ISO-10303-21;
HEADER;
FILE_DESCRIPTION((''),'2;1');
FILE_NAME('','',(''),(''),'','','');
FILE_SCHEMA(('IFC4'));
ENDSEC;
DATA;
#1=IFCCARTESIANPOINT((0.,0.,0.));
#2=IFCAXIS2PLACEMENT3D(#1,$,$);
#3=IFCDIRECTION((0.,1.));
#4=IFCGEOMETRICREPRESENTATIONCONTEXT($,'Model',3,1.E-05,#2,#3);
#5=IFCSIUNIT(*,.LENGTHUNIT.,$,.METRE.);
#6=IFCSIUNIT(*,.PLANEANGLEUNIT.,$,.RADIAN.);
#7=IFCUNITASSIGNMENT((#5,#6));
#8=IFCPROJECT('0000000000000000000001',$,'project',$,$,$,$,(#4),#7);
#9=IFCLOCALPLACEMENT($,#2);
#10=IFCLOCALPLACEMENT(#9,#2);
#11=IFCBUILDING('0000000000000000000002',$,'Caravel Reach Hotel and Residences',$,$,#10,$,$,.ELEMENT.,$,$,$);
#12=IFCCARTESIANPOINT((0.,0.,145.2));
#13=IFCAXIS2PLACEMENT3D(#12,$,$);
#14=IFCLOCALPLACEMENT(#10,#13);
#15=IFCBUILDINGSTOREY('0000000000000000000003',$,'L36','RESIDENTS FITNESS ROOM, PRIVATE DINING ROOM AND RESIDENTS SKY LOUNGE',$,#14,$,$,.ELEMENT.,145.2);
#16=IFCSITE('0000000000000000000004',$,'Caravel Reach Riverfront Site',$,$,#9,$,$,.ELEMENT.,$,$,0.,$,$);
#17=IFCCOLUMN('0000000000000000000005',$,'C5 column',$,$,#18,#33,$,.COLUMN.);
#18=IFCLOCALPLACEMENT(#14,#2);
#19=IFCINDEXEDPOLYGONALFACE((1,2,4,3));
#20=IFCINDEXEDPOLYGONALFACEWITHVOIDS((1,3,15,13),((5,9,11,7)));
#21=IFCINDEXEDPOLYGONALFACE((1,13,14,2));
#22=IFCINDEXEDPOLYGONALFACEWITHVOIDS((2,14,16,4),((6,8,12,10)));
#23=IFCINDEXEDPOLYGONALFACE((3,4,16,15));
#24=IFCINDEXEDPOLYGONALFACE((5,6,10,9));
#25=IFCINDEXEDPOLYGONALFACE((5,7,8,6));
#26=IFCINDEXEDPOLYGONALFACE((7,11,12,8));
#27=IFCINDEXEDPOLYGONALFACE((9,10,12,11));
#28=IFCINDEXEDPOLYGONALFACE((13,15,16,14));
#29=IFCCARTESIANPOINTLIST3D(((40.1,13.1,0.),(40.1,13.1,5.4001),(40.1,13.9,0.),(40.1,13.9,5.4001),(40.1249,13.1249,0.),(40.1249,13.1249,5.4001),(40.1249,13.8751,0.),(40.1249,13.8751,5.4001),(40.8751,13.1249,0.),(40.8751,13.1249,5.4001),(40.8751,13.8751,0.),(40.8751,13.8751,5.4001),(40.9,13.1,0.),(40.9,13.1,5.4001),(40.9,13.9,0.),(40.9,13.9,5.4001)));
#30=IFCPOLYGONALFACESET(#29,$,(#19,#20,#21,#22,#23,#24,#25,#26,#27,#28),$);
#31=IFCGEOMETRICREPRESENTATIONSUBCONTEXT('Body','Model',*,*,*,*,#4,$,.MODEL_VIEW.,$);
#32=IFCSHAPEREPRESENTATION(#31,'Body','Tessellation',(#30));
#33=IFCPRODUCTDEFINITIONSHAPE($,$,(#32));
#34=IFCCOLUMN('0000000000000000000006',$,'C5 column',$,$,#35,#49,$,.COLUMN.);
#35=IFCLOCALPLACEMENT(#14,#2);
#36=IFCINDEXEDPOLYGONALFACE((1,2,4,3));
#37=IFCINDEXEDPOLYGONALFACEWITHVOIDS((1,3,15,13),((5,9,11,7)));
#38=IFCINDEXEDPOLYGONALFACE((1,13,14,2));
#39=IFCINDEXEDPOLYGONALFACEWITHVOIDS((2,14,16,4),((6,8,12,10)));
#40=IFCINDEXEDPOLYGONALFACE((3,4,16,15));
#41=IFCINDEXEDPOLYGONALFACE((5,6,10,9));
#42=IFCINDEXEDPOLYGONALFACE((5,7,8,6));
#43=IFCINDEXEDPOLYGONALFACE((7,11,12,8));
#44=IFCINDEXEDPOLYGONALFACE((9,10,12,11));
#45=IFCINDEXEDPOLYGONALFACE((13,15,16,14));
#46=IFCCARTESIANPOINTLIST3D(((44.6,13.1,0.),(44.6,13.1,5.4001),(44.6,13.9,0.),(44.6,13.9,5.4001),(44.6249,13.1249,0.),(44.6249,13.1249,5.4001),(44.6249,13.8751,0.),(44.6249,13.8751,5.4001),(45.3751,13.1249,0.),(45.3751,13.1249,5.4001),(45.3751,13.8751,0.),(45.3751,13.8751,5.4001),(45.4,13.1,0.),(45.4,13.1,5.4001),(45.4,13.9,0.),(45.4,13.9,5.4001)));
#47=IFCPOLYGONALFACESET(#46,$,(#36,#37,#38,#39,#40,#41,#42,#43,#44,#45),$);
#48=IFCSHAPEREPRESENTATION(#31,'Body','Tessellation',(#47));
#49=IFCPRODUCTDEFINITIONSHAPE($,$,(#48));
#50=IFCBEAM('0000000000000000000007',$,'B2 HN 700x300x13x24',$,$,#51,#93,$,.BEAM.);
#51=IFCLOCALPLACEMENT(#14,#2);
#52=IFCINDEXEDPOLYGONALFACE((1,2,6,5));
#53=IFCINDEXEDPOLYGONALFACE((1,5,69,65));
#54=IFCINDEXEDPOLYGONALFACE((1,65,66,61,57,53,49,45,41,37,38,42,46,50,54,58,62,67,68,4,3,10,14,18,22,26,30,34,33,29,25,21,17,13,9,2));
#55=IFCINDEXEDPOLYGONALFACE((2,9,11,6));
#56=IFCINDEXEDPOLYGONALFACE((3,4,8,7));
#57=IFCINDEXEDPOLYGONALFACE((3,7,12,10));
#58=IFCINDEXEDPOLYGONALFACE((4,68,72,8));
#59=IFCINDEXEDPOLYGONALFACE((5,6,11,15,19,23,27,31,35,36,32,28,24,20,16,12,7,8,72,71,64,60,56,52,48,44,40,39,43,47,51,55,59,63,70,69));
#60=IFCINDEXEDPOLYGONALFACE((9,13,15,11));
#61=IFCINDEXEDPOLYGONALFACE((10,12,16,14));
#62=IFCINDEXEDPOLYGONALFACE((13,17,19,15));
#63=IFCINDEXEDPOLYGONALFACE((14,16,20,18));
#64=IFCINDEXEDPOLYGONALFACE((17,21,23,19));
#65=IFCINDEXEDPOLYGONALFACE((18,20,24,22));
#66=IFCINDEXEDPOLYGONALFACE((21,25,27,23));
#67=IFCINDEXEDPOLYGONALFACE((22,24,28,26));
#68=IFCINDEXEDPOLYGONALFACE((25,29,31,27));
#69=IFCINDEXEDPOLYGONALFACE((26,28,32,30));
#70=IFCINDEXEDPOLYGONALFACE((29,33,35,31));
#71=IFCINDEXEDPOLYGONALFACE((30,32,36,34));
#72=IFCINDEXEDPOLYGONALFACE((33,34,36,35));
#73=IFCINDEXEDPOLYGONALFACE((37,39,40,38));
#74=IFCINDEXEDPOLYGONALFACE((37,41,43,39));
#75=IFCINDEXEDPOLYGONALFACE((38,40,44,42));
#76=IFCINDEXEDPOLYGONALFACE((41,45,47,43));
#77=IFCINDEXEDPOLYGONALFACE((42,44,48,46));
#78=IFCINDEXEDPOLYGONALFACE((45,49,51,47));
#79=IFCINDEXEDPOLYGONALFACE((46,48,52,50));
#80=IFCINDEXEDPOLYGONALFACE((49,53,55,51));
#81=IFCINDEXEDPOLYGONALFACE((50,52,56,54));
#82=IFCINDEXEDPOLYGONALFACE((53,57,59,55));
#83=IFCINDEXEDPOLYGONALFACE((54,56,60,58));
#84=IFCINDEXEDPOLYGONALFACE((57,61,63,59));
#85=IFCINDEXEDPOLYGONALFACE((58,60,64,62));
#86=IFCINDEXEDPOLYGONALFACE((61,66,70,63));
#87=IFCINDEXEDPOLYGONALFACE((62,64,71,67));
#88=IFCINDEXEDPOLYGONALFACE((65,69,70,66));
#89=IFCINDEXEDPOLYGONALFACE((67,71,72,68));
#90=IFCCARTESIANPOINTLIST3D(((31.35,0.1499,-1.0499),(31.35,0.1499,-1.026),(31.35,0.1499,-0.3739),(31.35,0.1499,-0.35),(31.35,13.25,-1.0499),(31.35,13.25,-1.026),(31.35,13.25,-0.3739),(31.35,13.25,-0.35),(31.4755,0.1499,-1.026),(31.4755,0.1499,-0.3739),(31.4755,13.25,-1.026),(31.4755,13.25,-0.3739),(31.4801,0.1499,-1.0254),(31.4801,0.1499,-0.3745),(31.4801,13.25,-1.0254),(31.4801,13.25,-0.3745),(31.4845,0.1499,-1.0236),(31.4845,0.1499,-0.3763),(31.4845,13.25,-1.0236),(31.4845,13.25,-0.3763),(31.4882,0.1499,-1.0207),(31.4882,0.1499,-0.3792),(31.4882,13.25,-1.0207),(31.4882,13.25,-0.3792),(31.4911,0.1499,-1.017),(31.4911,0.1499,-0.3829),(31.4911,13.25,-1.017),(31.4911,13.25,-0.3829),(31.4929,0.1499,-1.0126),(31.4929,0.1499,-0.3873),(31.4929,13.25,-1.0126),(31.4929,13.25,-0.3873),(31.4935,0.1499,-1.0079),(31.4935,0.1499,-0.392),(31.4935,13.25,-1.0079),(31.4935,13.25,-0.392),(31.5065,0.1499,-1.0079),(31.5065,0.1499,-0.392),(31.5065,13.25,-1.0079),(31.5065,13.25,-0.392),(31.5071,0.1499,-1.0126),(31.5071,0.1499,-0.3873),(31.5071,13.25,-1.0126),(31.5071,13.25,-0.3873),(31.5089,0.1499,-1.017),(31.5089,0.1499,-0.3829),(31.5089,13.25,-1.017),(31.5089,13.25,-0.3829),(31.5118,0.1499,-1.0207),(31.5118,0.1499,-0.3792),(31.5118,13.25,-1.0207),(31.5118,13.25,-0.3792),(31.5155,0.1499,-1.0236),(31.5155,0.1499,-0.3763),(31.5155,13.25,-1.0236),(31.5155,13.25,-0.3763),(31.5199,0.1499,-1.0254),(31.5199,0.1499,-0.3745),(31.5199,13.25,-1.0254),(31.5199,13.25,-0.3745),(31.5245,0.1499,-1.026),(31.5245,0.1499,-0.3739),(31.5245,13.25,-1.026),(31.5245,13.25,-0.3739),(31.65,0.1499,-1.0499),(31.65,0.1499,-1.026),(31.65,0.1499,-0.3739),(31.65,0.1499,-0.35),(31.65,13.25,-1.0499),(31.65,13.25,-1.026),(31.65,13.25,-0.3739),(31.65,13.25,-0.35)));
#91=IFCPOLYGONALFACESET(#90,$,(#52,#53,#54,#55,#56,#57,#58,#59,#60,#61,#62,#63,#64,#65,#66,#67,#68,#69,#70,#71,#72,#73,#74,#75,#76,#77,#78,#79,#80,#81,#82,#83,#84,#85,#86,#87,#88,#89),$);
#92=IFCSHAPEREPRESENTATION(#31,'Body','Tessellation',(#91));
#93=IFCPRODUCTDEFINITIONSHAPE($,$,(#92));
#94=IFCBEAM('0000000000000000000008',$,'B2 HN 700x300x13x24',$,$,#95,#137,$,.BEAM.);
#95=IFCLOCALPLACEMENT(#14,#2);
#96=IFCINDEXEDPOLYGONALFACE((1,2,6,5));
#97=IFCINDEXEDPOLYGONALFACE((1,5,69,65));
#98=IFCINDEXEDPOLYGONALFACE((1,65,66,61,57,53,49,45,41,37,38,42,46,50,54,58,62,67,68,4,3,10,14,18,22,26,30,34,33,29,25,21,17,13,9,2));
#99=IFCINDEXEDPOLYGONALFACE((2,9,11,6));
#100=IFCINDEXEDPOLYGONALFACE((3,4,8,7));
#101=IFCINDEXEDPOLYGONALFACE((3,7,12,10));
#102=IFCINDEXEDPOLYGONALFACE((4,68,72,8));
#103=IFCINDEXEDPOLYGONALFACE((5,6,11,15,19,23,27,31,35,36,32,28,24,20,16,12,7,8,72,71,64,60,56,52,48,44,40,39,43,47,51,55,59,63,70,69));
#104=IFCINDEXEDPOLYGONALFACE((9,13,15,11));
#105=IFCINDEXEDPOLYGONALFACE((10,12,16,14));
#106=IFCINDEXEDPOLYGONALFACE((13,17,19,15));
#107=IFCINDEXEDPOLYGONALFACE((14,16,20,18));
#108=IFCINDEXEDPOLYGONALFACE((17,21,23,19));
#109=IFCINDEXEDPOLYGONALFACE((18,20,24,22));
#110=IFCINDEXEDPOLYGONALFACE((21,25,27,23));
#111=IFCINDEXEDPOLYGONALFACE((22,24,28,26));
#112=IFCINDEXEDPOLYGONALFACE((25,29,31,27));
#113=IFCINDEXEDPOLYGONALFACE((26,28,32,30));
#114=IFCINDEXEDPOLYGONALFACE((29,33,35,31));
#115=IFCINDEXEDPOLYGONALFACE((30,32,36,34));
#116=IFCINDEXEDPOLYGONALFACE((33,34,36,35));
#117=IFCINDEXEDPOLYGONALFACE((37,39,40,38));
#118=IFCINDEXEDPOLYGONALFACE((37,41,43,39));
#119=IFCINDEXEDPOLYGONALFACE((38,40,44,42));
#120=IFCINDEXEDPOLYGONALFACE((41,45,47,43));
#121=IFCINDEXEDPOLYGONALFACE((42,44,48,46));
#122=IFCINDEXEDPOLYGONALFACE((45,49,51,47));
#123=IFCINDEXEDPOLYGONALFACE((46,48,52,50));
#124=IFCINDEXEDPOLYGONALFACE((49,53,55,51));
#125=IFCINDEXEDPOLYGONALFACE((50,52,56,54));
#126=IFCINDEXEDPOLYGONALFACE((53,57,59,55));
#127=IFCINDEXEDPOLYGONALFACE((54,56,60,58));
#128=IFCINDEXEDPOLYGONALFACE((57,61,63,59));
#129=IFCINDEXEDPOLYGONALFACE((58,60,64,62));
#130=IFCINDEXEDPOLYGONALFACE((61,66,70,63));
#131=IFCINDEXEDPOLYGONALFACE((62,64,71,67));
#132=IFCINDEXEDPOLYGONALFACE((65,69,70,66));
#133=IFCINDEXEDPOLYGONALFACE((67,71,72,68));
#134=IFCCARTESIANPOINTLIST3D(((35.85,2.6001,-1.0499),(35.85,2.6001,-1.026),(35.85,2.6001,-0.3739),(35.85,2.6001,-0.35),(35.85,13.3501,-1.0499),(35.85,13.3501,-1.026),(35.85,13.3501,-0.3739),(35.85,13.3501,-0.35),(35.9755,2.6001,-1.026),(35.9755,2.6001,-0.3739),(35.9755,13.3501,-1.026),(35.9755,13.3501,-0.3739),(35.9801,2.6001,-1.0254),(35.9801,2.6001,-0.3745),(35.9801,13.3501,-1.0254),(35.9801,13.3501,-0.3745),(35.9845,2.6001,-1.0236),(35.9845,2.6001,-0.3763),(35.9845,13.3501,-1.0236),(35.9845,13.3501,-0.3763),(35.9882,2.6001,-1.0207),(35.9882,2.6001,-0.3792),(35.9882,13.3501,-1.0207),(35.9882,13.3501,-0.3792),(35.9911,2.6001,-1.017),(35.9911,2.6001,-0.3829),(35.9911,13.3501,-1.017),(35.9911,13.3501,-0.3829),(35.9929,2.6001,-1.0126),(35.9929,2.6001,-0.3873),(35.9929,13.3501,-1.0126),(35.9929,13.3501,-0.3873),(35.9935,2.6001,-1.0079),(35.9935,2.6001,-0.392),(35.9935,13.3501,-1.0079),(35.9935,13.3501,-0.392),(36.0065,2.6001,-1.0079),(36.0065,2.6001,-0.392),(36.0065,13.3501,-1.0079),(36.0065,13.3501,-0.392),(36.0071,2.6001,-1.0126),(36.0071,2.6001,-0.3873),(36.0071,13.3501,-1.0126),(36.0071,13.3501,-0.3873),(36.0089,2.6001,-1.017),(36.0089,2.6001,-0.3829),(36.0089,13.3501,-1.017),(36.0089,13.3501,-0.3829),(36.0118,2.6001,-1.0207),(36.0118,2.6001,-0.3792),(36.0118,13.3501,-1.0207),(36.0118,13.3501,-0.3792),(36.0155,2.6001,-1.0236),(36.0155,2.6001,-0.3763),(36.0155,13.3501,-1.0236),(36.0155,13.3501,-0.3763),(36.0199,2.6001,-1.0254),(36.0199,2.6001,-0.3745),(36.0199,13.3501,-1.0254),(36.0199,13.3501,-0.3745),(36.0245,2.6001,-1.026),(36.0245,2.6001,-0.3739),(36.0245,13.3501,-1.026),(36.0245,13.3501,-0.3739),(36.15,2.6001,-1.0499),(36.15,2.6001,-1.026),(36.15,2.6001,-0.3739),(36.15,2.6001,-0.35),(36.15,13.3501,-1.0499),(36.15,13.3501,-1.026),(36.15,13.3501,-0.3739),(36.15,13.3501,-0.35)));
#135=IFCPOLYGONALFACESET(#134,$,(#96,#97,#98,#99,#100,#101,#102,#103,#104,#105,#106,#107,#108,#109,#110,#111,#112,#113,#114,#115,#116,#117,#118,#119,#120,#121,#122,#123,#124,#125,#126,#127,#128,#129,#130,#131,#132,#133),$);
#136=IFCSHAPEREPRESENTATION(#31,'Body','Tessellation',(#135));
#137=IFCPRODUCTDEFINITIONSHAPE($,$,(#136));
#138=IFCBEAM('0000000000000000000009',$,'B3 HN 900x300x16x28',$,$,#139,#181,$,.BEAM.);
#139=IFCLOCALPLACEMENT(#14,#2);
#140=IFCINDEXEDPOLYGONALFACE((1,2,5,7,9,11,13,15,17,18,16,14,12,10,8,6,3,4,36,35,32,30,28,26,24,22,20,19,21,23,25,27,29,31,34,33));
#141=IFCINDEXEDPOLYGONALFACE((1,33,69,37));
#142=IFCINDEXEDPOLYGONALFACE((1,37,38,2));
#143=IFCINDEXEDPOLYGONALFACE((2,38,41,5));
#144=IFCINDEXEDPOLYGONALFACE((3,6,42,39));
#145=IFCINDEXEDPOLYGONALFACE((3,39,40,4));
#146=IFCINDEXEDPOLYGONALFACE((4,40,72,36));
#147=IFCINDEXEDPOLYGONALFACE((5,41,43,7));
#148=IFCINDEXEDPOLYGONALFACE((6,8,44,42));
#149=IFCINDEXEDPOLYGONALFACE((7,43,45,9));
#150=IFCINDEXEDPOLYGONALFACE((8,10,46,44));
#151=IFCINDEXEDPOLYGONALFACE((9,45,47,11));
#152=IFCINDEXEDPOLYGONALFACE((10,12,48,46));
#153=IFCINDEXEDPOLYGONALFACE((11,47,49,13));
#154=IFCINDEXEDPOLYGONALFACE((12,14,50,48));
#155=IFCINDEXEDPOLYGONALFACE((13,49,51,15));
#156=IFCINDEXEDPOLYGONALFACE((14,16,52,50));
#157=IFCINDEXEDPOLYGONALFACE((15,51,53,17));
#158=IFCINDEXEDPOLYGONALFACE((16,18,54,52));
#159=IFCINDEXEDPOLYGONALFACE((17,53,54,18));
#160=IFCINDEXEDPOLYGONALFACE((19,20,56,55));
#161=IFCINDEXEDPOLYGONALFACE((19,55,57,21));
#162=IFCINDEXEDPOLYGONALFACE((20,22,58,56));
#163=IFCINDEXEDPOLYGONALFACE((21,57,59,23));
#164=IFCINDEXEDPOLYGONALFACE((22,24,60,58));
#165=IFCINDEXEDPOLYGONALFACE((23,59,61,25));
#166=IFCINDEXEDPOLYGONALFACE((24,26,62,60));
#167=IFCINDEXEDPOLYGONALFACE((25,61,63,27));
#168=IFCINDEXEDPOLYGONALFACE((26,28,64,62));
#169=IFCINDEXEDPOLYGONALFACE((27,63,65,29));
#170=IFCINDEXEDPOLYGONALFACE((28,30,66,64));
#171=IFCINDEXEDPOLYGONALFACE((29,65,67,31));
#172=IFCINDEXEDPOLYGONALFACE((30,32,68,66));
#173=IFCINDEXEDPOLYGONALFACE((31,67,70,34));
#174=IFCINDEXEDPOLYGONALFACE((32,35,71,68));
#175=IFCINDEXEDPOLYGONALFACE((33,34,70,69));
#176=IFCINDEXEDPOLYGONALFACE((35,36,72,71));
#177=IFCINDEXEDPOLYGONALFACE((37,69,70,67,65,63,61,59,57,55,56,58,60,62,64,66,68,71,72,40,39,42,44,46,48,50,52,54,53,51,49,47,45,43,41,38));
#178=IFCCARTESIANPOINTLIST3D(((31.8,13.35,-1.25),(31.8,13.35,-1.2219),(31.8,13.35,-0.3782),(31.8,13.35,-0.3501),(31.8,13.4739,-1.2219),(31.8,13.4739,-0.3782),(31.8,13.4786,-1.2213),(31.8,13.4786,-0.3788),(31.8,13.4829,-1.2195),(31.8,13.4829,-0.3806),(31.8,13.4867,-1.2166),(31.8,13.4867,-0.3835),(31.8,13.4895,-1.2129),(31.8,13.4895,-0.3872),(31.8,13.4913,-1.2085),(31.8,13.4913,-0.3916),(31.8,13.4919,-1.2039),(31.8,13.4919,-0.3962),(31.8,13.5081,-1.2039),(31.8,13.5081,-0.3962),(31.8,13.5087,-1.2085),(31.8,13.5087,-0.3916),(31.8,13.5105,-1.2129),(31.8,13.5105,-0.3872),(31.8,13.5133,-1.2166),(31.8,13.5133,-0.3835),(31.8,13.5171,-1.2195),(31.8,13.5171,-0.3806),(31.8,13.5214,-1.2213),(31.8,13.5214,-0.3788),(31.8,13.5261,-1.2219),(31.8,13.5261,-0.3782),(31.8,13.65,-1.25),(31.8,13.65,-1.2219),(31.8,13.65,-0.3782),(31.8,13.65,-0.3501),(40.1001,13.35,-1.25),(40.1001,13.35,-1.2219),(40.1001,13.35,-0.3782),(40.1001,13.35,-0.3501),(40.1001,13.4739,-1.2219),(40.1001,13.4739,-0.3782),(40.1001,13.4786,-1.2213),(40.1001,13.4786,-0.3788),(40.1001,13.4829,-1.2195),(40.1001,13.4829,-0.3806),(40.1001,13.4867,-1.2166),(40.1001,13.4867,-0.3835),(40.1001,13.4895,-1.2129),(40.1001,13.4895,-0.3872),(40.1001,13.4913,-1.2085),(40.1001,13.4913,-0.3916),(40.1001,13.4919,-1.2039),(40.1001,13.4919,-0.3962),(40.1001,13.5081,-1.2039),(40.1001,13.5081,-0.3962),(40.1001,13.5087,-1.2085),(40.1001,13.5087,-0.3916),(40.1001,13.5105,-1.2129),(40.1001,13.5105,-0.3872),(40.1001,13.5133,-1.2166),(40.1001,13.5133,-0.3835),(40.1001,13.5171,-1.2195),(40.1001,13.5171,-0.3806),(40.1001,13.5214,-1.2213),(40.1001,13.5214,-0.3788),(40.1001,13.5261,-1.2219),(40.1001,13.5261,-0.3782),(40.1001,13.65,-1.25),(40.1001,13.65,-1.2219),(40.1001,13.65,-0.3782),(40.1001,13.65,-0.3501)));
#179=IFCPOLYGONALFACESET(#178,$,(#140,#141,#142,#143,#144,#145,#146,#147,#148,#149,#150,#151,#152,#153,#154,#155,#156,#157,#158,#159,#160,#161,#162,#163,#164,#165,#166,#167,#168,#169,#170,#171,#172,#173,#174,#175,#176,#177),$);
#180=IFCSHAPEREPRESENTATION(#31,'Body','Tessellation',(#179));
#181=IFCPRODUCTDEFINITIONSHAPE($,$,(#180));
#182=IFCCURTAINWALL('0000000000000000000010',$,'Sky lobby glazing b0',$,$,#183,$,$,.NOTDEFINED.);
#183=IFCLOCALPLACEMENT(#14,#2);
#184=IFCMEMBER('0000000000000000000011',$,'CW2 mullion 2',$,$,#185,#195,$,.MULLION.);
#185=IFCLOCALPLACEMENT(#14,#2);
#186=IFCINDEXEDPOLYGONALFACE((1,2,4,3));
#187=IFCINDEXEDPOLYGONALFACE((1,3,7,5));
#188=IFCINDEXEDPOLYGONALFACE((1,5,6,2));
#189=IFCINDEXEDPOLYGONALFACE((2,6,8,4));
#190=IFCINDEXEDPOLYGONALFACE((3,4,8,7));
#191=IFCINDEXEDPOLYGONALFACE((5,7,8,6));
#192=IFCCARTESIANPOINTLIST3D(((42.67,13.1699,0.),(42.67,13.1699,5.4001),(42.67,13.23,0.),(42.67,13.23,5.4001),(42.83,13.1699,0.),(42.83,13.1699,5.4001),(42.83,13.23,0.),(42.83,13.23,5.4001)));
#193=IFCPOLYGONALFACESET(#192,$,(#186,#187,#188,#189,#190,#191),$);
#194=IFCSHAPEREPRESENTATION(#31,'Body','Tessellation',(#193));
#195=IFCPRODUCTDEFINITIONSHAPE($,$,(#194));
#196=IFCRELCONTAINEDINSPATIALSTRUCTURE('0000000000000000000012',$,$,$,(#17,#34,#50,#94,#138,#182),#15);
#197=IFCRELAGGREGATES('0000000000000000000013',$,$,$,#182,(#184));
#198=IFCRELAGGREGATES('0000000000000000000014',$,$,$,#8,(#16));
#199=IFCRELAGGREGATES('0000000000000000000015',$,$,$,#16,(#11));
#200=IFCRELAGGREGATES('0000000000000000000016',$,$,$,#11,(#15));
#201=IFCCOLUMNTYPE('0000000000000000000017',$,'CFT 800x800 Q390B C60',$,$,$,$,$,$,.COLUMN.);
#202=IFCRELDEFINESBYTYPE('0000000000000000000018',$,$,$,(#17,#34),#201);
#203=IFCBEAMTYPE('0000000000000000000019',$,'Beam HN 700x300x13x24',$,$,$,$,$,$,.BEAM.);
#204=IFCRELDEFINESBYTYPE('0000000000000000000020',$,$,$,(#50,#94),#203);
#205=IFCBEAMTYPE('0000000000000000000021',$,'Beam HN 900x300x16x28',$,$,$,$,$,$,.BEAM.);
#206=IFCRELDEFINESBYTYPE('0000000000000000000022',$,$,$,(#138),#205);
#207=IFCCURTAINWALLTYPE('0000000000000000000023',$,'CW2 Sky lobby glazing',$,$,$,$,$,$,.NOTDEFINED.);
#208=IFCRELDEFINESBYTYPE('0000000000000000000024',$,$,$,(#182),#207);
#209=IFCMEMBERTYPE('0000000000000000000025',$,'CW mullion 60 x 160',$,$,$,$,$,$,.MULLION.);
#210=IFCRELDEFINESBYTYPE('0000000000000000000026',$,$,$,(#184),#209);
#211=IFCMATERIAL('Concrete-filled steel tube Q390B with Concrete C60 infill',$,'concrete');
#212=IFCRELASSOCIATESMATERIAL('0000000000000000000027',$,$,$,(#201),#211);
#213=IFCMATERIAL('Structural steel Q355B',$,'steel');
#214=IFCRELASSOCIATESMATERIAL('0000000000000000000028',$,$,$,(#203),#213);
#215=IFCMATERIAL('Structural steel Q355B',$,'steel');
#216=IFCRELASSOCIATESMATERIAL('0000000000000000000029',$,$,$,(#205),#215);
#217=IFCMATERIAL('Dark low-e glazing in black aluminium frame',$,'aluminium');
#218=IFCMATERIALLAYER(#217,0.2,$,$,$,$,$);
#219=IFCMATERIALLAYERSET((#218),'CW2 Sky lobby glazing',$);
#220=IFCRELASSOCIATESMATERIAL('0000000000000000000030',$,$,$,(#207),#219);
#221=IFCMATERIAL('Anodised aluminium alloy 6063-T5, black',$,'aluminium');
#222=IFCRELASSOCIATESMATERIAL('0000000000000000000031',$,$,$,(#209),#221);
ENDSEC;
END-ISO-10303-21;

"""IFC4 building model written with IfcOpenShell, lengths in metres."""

from ifc_helpers import new_model, si_unit, direction, frame, origin, origin_2d, place, context, subcontext, project, spatial, rectangle, hollow_rectangle, i_section, extrude, material, layer, layer_set, material_profile, profile_set, type_object, element, aggregate, save


model = new_model("IFC4")

# Units and contexts
model_context = context("Model", 3, precision=1e-05, world=origin(), true_north=direction((0.0, 1.0)))
body_context = subcontext(model_context, "Body", "Model", "MODEL_VIEW")
ifc_project = project(units=[si_unit("LENGTHUNIT", "METRE"), si_unit("PLANEANGLEUNIT", "RADIAN")], contexts=[model_context])

# Site, building, storey
site_placement = place(None, origin())
site = spatial("IfcSite", under=ifc_project, at=site_placement, Name="Caravel Reach Riverfront Site", CompositionType="ELEMENT", RefElevation=0.0)
building_placement = place(site_placement, origin())
building = spatial("IfcBuilding", under=site, at=building_placement, Name="Caravel Reach Hotel and Residences", CompositionType="ELEMENT")
storey_placement = place(building_placement, frame((0.0, 0.0, 145.2)))
storey = spatial("IfcBuildingStorey", under=building, at=storey_placement, Name="L36", Description="RESIDENTS FITNESS ROOM, PRIVATE DINING ROOM AND RESIDENTS SKY LOUNGE", CompositionType="ELEMENT", Elevation=145.2)

# Columns
ifc_material_1 = material(Name="Concrete-filled steel tube Q390B with Concrete C60 infill", Category="concrete")
ifc_material_profile_1 = material_profile(ifc_material_1, hollow_rectangle(XDim=0.8, YDim=0.8, WallThickness=0.0249, at=origin_2d()), Name="RHS 800x800x25")
ifc_profile_set_1 = profile_set([ifc_material_profile_1], Name="Concrete-filled steel tube Q390B with Concrete C60 infill")
column_type = type_object("IfcColumnType", Name="CFT 800x800 Q390B C60", PredefinedType="COLUMN", material=ifc_profile_set_1)
for number, where, z_axis, x_axis, name in (
    (1, (40.5, 13.5, 0.0), (0.0, 0.0, 1.0), (1.0, 0.0, 0.0), "C5 column"),
    (2, (45.0, 13.5, 0.0), (0.0, 0.0, 1.0), (1.0, 0.0, 0.0), "C5 column"),
):
    element("IfcColumn", number, at=place(storey_placement, frame(where, z_axis=z_axis, x_axis=x_axis)), inside=storey, type_object=column_type, Name=name, PredefinedType="COLUMN", context=body_context, shape_type="SweptSolid", body=[
        extrude(hollow_rectangle(XDim=0.8, YDim=0.8, WallThickness=0.0249, at=origin_2d()), origin(), (0.0, 0.0, 1.0), 5.4001),
    ])

# Beams
ifc_material_2 = material(Name="Structural steel Q355B", Category="steel")
ifc_material_profile_2 = material_profile(ifc_material_2, i_section(OverallWidth=0.3, OverallDepth=0.7, WebThickness=0.0129, FlangeThickness=0.0239, FilletRadius=0.0181, at=origin_2d()), Name="HN 700x300x13x24")
ifc_profile_set_2 = profile_set([ifc_material_profile_2], Name="Structural steel Q355B")
beam_type_1 = type_object("IfcBeamType", Name="Beam HN 700x300x13x24", PredefinedType="BEAM", material=ifc_profile_set_2)
beam_1_placement = place(storey_placement, frame((31.5, 13.25, -0.7), z_axis=(0.0, -1.0, 0.0), x_axis=(1.0, 0.0, 0.0)))
element("IfcBeam", 3, at=beam_1_placement, inside=storey, type_object=beam_type_1, Name="B2 HN 700x300x13x24", PredefinedType="BEAM", context=body_context, shape_type="SweptSolid", body=[
    extrude(i_section(OverallWidth=0.3, OverallDepth=0.7, WebThickness=0.0129, FlangeThickness=0.0239, FilletRadius=0.0181, at=origin_2d()), origin(), (0.0, 0.0, 1.0), 13.1001),
])
beam_2_placement = place(storey_placement, frame((36.0, 13.3501, -0.7), z_axis=(0.0, -1.0, 0.0), x_axis=(1.0, 0.0, 0.0)))
element("IfcBeam", 4, at=beam_2_placement, inside=storey, type_object=beam_type_1, Name="B2 HN 700x300x13x24", PredefinedType="BEAM", context=body_context, shape_type="SweptSolid", body=[
    extrude(i_section(OverallWidth=0.3, OverallDepth=0.7, WebThickness=0.0129, FlangeThickness=0.0239, FilletRadius=0.0181, at=origin_2d()), origin(), (0.0, 0.0, 1.0), 10.75),
])
ifc_material_3 = material(Name="Structural steel Q355B", Category="steel")
ifc_material_profile_3 = material_profile(ifc_material_3, i_section(OverallWidth=0.3, OverallDepth=0.8999, WebThickness=0.0161, FlangeThickness=0.0281, FilletRadius=0.0181, at=origin_2d()), Name="HN 900x300x16x28")
ifc_profile_set_3 = profile_set([ifc_material_profile_3], Name="Structural steel Q355B")
beam_type_2 = type_object("IfcBeamType", Name="Beam HN 900x300x16x28", PredefinedType="BEAM", material=ifc_profile_set_3)
beam_3_placement = place(storey_placement, frame((31.8, 13.5, -0.8), z_axis=(1.0, 0.0, 0.0), x_axis=(0.0, 1.0, 0.0)))
element("IfcBeam", 5, at=beam_3_placement, inside=storey, type_object=beam_type_2, Name="B3 HN 900x300x16x28", PredefinedType="BEAM", context=body_context, shape_type="SweptSolid", body=[
    extrude(i_section(OverallWidth=0.3, OverallDepth=0.8999, WebThickness=0.0161, FlangeThickness=0.0281, FilletRadius=0.0181, at=origin_2d()), origin(), (0.0, 0.0, 1.0), 8.3),
])

# Curtain wall, member
ifc_material_4 = material(Name="Dark low-e glazing in black aluminium frame", Category="aluminium")
ifc_layer_1 = layer(ifc_material_4, 0.2)
ifc_layer_set_1 = layer_set([ifc_layer_1], Name="CW2 Sky lobby glazing")
curtain_wall_type = type_object("IfcCurtainWallType", Name="CW2 Sky lobby glazing", PredefinedType="NOTDEFINED", material=ifc_layer_set_1)
curtain_wall_placement = place(storey_placement, origin())
curtain_wall = element("IfcCurtainWall", 6, at=curtain_wall_placement, inside=storey, type_object=curtain_wall_type, Name="Sky lobby glazing b0", PredefinedType="NOTDEFINED")
ifc_material_5 = material(Name="Anodised aluminium alloy 6063-T5, black", Category="aluminium")
ifc_material_profile_4 = material_profile(ifc_material_5, rectangle(XDim=0.0601, YDim=0.1599, at=origin_2d()), Name="CW mullion 60 x 160")
ifc_profile_set_4 = profile_set([ifc_material_profile_4], Name="Anodised aluminium alloy 6063-T5, black")
member_type_1 = type_object("IfcMemberType", Name="CW mullion 60 x 160", PredefinedType="MULLION", material=ifc_profile_set_4)
member_1_placement = place(storey_placement, frame((42.75, 13.2, 0.0), z_axis=(0.0, 0.0, 1.0), x_axis=(0.0, 1.0, 0.0)))
member_1 = element("IfcMember", 7, at=member_1_placement, type_object=member_type_1, Name="CW2 mullion 2", PredefinedType="MULLION", context=body_context, shape_type="SweptSolid", body=[
    extrude(rectangle(XDim=0.0601, YDim=0.1599, at=origin_2d()), origin(), (0.0, 0.0, 1.0), 5.4001),
])
aggregate(curtain_wall, [member_1])

save(model, "model.ifc")
